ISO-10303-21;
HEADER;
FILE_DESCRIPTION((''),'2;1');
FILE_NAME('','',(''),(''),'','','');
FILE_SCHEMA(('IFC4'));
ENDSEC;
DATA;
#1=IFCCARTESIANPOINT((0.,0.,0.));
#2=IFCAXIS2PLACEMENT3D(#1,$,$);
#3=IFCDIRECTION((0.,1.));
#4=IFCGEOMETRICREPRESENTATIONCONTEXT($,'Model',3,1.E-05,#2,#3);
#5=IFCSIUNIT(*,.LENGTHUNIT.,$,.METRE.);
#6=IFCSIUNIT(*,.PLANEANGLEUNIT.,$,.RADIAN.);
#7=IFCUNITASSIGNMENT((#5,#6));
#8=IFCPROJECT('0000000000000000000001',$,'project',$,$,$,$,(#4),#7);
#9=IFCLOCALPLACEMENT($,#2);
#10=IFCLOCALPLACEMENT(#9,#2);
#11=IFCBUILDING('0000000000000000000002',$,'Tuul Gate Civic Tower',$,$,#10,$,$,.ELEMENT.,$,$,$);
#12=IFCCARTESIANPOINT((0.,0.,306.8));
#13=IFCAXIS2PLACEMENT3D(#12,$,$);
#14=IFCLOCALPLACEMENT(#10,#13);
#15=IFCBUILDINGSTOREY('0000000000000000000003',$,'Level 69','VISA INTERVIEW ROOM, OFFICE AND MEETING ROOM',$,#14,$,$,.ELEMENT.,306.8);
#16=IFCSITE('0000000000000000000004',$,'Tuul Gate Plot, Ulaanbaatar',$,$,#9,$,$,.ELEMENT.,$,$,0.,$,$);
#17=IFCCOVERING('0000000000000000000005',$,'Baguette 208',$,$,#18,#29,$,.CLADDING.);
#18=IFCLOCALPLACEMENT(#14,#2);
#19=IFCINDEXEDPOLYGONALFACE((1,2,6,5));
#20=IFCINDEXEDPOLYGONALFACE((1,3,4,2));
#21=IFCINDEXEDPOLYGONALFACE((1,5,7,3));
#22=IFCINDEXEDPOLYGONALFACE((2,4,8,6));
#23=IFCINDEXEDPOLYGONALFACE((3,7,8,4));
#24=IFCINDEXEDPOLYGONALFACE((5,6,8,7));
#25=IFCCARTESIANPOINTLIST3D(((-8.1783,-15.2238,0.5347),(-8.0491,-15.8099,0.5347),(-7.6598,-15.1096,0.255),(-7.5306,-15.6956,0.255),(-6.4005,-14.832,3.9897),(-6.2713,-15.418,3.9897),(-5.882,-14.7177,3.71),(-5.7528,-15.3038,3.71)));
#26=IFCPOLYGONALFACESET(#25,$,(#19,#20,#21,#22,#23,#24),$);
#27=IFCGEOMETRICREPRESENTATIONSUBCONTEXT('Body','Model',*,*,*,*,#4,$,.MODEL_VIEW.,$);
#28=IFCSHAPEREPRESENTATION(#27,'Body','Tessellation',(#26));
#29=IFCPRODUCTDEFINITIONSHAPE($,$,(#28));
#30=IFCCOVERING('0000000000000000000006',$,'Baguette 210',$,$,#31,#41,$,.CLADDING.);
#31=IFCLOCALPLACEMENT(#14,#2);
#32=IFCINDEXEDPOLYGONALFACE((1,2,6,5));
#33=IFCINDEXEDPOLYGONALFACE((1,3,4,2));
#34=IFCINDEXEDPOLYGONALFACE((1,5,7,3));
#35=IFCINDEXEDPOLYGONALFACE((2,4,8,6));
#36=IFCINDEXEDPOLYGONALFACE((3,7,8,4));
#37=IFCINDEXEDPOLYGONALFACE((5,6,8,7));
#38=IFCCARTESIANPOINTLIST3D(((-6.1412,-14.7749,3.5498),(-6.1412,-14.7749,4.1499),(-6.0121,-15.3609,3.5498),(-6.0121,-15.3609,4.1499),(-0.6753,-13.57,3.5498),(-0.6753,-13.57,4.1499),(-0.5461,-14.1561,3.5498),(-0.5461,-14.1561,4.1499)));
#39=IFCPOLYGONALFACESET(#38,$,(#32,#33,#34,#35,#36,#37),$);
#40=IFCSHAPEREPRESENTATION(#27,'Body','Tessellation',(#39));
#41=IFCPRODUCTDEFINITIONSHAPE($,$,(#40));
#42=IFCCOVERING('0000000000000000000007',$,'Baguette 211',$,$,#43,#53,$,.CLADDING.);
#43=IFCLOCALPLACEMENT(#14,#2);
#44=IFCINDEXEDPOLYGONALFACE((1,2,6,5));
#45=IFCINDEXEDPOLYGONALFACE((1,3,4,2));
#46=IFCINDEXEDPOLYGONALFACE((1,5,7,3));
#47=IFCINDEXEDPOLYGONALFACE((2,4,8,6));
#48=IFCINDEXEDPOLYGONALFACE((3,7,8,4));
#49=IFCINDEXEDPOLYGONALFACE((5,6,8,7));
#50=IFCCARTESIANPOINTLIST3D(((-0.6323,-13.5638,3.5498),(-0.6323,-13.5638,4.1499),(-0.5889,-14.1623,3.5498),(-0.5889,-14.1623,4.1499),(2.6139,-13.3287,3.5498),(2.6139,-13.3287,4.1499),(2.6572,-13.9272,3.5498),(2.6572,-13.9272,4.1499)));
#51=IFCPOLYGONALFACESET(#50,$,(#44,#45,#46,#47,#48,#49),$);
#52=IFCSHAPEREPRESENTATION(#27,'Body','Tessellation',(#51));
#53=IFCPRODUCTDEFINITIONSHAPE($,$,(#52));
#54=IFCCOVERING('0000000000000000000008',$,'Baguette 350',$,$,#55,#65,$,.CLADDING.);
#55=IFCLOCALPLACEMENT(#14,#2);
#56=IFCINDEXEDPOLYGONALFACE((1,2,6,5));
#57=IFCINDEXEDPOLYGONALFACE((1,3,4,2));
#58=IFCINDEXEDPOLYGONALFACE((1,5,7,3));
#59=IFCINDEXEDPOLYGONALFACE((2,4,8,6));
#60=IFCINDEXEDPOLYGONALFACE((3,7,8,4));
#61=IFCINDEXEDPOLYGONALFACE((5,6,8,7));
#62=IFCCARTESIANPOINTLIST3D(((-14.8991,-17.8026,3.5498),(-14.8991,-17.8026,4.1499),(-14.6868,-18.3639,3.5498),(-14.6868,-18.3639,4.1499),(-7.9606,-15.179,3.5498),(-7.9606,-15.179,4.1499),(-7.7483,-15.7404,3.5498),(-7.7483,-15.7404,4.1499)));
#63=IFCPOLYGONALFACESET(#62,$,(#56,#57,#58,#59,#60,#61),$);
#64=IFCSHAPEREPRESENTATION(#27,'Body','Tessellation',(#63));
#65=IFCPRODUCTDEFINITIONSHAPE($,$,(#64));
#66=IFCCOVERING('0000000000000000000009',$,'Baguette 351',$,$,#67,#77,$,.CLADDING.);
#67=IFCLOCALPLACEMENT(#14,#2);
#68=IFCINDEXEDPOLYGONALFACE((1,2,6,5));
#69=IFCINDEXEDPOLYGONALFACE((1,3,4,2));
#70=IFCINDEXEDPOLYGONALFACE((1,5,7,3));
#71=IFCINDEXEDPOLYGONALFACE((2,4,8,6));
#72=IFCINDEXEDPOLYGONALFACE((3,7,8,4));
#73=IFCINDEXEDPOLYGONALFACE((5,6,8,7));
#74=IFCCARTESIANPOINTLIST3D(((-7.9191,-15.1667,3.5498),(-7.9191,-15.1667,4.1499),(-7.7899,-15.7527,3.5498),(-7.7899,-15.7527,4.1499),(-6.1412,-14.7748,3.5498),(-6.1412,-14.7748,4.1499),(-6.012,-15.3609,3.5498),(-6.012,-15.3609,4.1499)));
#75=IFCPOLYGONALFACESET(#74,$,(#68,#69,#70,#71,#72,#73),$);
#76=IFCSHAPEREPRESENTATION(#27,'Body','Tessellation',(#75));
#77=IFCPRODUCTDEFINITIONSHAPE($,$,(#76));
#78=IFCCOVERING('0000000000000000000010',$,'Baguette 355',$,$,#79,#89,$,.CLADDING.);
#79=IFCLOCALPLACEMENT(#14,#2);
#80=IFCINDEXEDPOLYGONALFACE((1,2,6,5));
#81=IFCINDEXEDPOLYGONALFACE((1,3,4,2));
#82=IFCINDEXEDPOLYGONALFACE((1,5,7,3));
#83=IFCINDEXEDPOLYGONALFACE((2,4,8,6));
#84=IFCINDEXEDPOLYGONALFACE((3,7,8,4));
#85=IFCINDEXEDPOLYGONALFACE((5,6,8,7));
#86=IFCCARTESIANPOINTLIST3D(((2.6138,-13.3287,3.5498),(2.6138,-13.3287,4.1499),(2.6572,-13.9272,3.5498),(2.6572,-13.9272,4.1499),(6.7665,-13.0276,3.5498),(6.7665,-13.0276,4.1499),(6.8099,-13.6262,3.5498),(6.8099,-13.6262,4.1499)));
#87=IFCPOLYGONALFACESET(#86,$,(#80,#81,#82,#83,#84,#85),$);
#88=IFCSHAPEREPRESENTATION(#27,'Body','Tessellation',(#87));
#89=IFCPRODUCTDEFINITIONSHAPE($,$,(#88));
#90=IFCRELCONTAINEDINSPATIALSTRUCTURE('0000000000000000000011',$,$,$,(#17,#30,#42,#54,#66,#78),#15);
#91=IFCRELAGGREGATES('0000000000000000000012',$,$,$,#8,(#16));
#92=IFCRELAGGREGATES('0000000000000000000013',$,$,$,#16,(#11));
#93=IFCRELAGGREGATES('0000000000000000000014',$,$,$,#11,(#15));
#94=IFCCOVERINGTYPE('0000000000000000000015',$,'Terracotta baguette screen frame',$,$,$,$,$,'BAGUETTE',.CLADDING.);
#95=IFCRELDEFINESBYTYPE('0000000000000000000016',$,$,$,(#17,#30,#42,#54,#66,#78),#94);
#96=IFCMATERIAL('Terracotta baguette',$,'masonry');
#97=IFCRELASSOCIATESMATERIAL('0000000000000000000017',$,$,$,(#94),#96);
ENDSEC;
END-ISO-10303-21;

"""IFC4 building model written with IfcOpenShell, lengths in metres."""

from ifc_helpers import new_model, si_unit, direction, frame, origin, origin_2d, place, context, subcontext, project, spatial, rectangle, extrude, material, material_profile, profile_set, type_object, element, save


model = new_model("IFC4")

# Units and contexts
model_context = context("Model", 3, precision=1e-05, world=origin(), true_north=direction((0.0, 1.0)))
body_context = subcontext(model_context, "Body", "Model", "MODEL_VIEW")
ifc_project = project(units=[si_unit("LENGTHUNIT", "METRE"), si_unit("PLANEANGLEUNIT", "RADIAN")], contexts=[model_context])

# Site, building, storey
site_placement = place(None, origin())
site = spatial("IfcSite", under=ifc_project, at=site_placement, Name="Tuul Gate Plot, Ulaanbaatar", CompositionType="ELEMENT", RefElevation=0.0)
building_placement = place(site_placement, origin())
building = spatial("IfcBuilding", under=site, at=building_placement, Name="Tuul Gate Civic Tower", CompositionType="ELEMENT")
storey_placement = place(building_placement, frame((0.0, 0.0, 306.8)))
storey = spatial("IfcBuildingStorey", under=building, at=storey_placement, Name="Level 69", Description="VISA INTERVIEW ROOM, OFFICE AND MEETING ROOM", CompositionType="ELEMENT", Elevation=306.8)

# Coverings
ifc_material_1 = material(Name="Terracotta baguette", Category="masonry")
ifc_material_profile_1 = material_profile(ifc_material_1, rectangle(XDim=0.6001, YDim=0.6001, at=origin_2d()), Name="Terracotta baguette screen frame")
ifc_profile_set_1 = profile_set([ifc_material_profile_1], Name="Terracotta baguette")
covering_type = type_object("IfcCoveringType", Name="Terracotta baguette screen frame", ElementType="BAGUETTE", PredefinedType="CLADDING", material=ifc_profile_set_1)
covering_1_placement = place(storey_placement, frame((-6.0767, -15.0679, 3.8499), z_axis=(-0.455229, -0.100335, -0.884703), x_axis=(0.21524, -0.976561, 0.0)))
element("IfcCovering", 1, at=covering_1_placement, inside=storey, type_object=covering_type, Name="Baguette 208", PredefinedType="CLADDING", context=body_context, shape_type="SweptSolid", body=[
    extrude(rectangle(XDim=0.6001, YDim=0.6001, at=origin_2d()), origin(), (0.0, 0.0, 1.0), 3.9053),
])
covering_2_placement = place(storey_placement, frame((-6.0767, -15.0679, 3.8499), z_axis=(0.976558, 0.215254, 0.0), x_axis=(-0.215254, 0.976558, 0.0)))
element("IfcCovering", 2, at=covering_2_placement, inside=storey, type_object=covering_type, Name="Baguette 210", PredefinedType="CLADDING", context=body_context, shape_type="SweptSolid", body=[
    extrude(rectangle(XDim=0.6001, YDim=0.6001, at=origin_2d()), origin(), (0.0, 0.0, 1.0), 5.5972),
])
covering_3_placement = place(storey_placement, frame((-0.6106, -13.863, 3.8499), z_axis=(0.997387, 0.072239, 0.0), x_axis=(-0.072239, 0.997387, 0.0)))
element("IfcCovering", 3, at=covering_3_placement, inside=storey, type_object=covering_type, Name="Baguette 211", PredefinedType="CLADDING", context=body_context, shape_type="SweptSolid", body=[
    extrude(rectangle(XDim=0.6001, YDim=0.6001, at=origin_2d()), origin(), (0.0, 0.0, 1.0), 3.2546),
])
covering_4_placement = place(storey_placement, frame((-14.793, -18.0833, 3.8499), z_axis=(0.935368, 0.353676, 0.0), x_axis=(-0.353676, 0.935368, 0.0)))
element("IfcCovering", 4, at=covering_4_placement, inside=storey, type_object=covering_type, Name="Baguette 350", PredefinedType="CLADDING", context=body_context, shape_type="SweptSolid", body=[
    extrude(rectangle(XDim=0.6001, YDim=0.6001, at=origin_2d()), origin(), (0.0, 0.0, 1.0), 7.418),
])
covering_5_placement = place(storey_placement, frame((-7.8545, -15.4597, 3.8499), z_axis=(0.976561, 0.21524, 0.0), x_axis=(-0.21524, 0.976561, 0.0)))
element("IfcCovering", 5, at=covering_5_placement, inside=storey, type_object=covering_type, Name="Baguette 351", PredefinedType="CLADDING", context=body_context, shape_type="SweptSolid", body=[
    extrude(rectangle(XDim=0.6001, YDim=0.6001, at=origin_2d()), origin(), (0.0, 0.0, 1.0), 1.8206),
])
covering_6_placement = place(storey_placement, frame((2.6355, -13.6279, 3.8499), z_axis=(0.997383, 0.072301, 0.0), x_axis=(-0.072301, 0.997383, 0.0)))
element("IfcCovering", 6, at=covering_6_placement, inside=storey, type_object=covering_type, Name="Baguette 355", PredefinedType="CLADDING", context=body_context, shape_type="SweptSolid", body=[
    extrude(rectangle(XDim=0.6001, YDim=0.6001, at=origin_2d()), origin(), (0.0, 0.0, 1.0), 4.1636),
])

save(model, "model.ifc")
